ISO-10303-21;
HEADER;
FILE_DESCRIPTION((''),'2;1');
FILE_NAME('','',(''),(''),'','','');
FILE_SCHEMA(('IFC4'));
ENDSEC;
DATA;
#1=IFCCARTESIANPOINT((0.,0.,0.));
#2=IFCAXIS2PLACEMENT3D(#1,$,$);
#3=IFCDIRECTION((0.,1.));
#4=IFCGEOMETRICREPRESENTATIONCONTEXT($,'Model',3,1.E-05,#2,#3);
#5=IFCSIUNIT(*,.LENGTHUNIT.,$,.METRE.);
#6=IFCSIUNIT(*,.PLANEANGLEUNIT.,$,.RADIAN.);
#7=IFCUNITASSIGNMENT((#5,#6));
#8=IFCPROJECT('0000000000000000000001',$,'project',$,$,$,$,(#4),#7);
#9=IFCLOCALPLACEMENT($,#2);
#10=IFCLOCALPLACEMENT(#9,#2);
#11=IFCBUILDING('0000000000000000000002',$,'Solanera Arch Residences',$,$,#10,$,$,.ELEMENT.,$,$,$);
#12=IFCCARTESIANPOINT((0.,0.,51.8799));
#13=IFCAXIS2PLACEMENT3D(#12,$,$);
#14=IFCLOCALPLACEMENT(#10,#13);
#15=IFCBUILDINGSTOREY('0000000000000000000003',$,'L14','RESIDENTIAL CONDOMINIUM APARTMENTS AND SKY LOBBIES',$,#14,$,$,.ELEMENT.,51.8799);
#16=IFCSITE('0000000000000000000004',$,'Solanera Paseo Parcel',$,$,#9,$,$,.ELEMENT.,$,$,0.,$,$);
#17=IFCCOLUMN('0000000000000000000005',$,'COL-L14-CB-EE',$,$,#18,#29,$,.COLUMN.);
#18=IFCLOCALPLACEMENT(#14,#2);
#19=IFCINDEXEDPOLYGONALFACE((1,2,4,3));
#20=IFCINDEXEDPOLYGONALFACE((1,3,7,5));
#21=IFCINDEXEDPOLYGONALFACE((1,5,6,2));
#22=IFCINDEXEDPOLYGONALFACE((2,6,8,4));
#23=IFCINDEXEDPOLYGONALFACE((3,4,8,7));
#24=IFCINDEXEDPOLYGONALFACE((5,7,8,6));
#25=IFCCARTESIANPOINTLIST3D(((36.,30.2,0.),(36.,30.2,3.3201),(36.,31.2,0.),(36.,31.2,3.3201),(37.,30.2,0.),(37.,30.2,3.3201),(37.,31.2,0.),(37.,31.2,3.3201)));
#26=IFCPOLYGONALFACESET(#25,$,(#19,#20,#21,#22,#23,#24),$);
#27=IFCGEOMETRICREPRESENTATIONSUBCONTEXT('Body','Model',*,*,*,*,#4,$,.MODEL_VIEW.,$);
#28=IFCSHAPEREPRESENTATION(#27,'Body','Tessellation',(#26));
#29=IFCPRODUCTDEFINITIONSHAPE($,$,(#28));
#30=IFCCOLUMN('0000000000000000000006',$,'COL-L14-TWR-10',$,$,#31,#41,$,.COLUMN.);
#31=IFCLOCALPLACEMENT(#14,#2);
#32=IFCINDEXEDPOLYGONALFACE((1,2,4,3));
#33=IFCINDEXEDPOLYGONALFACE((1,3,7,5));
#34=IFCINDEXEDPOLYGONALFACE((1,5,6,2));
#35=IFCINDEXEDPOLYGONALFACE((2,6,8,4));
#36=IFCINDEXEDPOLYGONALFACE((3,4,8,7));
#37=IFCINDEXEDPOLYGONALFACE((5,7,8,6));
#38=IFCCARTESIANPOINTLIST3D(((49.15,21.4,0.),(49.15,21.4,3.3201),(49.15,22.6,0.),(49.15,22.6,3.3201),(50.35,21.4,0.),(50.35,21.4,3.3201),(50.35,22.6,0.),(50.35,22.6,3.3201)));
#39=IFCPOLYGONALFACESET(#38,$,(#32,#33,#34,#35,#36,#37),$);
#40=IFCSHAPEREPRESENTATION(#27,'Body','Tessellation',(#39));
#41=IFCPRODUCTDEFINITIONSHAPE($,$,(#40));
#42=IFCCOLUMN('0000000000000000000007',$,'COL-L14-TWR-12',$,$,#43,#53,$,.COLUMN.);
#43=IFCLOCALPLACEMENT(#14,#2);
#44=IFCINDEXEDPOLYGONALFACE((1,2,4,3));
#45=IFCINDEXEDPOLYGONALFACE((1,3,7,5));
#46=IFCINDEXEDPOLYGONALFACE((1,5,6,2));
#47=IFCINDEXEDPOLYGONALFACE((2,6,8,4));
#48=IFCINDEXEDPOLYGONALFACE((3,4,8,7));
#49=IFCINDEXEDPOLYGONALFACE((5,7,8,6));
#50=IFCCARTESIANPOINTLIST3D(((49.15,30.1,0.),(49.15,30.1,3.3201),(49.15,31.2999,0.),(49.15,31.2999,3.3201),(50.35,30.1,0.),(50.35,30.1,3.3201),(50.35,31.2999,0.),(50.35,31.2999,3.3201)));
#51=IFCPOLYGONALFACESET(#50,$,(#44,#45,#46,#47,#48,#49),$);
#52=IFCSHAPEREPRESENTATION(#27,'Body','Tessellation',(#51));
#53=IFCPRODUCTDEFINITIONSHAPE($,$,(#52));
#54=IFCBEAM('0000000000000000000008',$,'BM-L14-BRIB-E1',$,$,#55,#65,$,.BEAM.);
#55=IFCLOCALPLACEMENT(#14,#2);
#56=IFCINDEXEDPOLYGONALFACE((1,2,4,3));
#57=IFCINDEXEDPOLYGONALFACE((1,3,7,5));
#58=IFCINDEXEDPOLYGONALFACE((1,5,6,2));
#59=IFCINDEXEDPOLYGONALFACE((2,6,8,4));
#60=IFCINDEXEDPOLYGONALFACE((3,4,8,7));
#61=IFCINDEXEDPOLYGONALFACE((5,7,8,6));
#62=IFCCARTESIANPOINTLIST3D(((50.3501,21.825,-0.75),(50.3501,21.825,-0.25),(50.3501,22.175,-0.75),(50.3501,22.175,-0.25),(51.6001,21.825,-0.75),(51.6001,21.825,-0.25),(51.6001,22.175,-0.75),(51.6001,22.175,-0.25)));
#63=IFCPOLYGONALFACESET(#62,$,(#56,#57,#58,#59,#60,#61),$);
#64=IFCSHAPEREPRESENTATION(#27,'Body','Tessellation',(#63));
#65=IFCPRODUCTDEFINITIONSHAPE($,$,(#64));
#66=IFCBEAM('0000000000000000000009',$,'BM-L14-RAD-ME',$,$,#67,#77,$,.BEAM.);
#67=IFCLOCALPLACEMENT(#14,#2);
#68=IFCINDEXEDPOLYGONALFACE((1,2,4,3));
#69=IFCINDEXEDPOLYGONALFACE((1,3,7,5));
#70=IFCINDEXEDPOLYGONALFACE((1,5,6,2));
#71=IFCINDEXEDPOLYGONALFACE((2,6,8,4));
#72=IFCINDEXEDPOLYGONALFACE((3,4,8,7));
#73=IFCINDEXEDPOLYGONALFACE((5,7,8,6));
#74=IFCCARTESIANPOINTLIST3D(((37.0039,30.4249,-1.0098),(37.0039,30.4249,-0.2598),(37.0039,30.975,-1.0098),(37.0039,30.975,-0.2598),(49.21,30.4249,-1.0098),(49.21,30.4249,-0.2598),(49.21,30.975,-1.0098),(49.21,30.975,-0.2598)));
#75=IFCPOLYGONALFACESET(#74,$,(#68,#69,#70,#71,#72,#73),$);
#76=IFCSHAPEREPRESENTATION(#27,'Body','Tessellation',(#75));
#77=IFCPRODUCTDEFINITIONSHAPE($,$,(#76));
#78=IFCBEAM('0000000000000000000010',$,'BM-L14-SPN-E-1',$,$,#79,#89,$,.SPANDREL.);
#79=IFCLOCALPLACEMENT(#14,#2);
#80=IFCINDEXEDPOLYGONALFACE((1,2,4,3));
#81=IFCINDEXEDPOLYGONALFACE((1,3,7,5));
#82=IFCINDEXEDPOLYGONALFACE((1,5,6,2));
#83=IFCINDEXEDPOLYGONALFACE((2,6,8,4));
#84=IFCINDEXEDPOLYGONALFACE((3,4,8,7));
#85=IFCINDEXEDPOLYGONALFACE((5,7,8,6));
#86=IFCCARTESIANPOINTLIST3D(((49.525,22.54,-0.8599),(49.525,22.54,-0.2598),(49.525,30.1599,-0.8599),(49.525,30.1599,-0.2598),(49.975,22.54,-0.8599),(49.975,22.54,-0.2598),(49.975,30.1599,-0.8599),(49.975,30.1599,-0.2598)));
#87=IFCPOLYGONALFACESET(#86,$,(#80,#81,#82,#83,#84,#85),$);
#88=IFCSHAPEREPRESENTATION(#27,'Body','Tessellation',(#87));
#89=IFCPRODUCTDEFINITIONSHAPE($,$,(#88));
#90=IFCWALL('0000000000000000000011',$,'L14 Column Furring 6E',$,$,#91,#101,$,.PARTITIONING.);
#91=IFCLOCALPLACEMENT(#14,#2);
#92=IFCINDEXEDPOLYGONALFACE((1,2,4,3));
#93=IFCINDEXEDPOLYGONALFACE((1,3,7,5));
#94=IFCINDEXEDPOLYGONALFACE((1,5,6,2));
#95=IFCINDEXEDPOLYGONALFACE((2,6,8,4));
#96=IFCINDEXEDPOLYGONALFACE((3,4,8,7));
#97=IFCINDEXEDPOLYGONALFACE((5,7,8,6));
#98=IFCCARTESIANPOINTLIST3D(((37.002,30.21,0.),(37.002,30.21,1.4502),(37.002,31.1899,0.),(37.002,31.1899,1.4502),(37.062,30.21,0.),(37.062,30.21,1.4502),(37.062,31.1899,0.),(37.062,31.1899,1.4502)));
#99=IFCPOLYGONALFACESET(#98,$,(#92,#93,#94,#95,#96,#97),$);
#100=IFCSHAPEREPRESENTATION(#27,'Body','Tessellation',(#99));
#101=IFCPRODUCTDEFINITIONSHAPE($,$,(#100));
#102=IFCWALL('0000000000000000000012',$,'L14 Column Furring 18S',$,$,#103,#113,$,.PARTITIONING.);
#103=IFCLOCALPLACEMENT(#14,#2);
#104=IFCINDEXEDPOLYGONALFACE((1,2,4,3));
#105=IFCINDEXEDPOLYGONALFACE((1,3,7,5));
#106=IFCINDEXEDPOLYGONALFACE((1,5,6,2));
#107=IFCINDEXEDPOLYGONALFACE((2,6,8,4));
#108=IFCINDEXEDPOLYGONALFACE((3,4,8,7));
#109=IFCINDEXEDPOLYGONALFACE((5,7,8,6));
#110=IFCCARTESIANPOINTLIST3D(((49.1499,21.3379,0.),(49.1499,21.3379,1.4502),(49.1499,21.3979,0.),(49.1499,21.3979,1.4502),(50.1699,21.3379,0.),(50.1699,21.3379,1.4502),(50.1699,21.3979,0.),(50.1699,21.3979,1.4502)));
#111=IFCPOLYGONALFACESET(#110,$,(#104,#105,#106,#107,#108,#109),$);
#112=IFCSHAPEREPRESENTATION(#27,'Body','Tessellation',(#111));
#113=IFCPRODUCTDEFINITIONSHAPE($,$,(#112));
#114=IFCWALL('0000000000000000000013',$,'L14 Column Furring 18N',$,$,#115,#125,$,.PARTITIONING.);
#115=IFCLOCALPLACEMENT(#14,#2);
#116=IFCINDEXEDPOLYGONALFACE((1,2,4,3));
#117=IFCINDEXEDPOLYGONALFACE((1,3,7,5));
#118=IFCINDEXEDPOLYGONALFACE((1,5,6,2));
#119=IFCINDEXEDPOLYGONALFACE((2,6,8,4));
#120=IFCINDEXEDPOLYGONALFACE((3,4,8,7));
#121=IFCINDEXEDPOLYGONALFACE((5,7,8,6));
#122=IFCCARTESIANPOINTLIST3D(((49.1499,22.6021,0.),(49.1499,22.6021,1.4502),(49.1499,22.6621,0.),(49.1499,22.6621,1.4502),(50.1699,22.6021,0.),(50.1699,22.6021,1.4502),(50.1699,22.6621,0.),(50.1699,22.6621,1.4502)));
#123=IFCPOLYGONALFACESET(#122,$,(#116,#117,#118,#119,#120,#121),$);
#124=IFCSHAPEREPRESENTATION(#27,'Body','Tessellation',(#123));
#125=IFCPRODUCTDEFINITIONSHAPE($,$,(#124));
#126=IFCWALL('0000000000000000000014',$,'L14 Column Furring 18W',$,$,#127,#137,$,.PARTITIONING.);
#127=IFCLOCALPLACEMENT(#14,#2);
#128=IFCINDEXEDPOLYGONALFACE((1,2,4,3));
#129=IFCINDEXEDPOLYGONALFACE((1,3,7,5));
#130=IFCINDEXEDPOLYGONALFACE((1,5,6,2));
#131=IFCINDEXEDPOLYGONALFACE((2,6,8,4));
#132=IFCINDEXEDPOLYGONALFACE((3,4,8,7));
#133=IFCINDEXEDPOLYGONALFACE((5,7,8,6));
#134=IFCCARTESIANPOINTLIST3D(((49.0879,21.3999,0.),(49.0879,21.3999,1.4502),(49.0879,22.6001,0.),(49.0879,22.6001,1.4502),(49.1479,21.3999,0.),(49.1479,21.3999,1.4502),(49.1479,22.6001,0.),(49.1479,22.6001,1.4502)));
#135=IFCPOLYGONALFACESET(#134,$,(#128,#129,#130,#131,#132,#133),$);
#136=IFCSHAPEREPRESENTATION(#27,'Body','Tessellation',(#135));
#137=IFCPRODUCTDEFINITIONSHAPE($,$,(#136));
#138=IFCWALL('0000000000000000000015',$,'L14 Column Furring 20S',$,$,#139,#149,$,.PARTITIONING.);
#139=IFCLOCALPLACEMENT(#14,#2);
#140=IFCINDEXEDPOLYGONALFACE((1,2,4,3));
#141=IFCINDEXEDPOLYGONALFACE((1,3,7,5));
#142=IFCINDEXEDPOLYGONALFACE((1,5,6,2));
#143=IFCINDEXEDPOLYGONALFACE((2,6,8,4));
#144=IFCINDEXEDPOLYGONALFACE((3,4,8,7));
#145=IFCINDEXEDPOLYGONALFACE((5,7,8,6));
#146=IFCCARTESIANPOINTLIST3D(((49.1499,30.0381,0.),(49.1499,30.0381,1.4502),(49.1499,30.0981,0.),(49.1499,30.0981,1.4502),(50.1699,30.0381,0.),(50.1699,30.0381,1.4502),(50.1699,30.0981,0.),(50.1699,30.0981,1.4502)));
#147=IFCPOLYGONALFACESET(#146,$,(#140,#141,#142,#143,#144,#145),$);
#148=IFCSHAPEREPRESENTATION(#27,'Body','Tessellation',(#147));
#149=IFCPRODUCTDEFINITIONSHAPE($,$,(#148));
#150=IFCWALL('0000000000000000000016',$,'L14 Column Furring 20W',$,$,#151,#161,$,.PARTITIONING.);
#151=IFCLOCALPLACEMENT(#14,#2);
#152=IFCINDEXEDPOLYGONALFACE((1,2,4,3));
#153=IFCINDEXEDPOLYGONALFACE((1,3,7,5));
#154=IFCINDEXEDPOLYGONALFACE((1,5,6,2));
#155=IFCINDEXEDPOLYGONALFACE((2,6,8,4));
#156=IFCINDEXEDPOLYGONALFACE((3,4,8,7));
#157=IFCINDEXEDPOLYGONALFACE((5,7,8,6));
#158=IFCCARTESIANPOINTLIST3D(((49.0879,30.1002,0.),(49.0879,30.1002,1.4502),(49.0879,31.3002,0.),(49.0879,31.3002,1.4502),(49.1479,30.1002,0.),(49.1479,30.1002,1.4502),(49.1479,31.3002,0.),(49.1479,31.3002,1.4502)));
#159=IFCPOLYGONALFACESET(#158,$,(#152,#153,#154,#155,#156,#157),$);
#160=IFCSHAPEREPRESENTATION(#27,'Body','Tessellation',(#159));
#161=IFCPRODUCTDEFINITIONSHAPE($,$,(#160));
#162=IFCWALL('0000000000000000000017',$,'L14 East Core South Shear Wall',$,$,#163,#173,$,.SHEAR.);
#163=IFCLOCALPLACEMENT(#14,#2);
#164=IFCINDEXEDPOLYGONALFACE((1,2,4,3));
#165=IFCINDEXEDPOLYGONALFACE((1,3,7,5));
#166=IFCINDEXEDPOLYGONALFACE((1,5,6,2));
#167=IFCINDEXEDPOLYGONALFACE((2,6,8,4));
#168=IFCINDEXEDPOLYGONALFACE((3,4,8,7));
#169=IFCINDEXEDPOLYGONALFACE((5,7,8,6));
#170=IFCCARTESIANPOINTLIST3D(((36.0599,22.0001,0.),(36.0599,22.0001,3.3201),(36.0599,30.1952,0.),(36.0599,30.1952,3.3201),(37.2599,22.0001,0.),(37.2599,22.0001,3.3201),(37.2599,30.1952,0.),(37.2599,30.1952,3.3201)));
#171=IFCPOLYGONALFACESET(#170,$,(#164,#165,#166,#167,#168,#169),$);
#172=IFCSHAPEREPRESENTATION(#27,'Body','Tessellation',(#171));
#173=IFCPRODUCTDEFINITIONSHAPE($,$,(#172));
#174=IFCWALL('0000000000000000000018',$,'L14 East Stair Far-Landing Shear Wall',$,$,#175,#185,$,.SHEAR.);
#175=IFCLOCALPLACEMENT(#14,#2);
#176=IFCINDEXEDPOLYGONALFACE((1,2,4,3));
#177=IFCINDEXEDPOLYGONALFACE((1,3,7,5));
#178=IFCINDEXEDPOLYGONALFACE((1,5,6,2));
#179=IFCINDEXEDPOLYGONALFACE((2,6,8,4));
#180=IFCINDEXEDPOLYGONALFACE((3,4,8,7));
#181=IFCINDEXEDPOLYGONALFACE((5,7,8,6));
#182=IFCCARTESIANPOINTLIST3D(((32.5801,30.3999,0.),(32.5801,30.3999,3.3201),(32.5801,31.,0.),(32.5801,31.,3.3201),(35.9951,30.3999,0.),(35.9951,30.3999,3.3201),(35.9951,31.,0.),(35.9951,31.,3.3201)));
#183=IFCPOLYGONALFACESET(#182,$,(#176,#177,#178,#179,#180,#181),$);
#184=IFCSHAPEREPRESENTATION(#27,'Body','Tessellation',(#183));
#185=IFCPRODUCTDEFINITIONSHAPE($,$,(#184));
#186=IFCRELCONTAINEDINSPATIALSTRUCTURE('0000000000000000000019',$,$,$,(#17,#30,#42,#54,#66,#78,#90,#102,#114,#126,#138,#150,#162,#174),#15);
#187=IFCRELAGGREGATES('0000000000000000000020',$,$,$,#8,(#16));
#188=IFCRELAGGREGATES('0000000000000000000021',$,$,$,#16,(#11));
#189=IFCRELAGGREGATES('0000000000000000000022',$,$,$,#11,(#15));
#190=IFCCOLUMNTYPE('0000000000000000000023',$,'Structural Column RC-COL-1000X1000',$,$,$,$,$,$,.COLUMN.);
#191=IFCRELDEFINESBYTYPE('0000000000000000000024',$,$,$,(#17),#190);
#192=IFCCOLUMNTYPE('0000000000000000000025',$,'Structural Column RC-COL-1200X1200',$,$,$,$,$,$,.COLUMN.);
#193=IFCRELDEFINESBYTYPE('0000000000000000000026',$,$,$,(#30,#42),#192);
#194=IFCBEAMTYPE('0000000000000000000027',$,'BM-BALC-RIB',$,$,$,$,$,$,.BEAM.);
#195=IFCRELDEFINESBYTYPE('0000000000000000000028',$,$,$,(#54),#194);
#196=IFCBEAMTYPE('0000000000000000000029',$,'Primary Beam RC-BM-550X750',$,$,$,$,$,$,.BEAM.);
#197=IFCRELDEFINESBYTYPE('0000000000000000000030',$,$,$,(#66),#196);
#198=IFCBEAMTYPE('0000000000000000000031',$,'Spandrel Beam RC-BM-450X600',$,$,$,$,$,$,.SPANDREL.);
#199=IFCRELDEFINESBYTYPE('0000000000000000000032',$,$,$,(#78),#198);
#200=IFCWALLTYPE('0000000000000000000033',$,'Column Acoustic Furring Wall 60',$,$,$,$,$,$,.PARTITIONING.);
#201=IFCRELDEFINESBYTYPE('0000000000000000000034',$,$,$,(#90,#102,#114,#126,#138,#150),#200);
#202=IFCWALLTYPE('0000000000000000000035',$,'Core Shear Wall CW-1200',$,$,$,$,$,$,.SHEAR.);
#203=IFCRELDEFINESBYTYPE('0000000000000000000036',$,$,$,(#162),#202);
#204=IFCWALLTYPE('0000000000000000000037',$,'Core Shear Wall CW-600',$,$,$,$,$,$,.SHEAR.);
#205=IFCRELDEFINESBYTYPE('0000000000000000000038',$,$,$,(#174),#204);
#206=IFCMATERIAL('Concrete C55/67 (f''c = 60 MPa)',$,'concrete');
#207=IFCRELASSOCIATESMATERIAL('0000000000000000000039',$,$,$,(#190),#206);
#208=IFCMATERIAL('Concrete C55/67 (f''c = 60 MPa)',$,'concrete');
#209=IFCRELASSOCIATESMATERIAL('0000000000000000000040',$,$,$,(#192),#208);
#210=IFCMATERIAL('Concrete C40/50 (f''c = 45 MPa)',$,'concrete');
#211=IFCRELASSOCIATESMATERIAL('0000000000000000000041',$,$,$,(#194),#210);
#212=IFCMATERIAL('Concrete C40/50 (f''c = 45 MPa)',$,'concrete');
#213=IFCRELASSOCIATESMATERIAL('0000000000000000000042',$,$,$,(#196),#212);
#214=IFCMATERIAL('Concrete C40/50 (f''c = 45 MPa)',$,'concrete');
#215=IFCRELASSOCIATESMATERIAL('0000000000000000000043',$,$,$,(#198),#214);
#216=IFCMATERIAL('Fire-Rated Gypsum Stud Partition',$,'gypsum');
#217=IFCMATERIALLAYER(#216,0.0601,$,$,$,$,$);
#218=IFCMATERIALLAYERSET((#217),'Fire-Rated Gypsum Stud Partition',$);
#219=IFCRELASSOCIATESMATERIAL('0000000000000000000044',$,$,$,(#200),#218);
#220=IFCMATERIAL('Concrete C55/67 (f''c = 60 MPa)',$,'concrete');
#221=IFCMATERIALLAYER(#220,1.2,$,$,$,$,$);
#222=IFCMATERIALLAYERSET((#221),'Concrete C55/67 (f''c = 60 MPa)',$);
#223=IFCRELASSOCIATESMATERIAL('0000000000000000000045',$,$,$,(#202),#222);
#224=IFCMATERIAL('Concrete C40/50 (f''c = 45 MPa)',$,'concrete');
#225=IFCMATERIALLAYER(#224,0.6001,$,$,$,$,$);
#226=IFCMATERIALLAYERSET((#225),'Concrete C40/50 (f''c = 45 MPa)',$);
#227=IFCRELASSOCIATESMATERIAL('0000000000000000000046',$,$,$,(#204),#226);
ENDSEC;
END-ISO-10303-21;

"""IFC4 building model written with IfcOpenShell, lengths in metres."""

from ifc_helpers import new_model, si_unit, direction, frame, frame_2d, origin, origin_2d, place, context, subcontext, project, spatial, rectangle, extrude, material, layer, layer_set, material_profile, profile_set, type_object, element, save


model = new_model("IFC4")

# Units and contexts
model_context = context("Model", 3, precision=1e-05, world=origin(), true_north=direction((0.0, 1.0)))
body_context = subcontext(model_context, "Body", "Model", "MODEL_VIEW")
ifc_project = project(units=[si_unit("LENGTHUNIT", "METRE"), si_unit("PLANEANGLEUNIT", "RADIAN")], contexts=[model_context])

# Site, building, storey
site_placement = place(None, origin())
site = spatial("IfcSite", under=ifc_project, at=site_placement, Name="Solanera Paseo Parcel", CompositionType="ELEMENT", RefElevation=0.0)
building_placement = place(site_placement, origin())
building = spatial("IfcBuilding", under=site, at=building_placement, Name="Solanera Arch Residences", CompositionType="ELEMENT")
storey_placement = place(building_placement, frame((0.0, 0.0, 51.8799)))
storey = spatial("IfcBuildingStorey", under=building, at=storey_placement, Name="L14", Description="RESIDENTIAL CONDOMINIUM APARTMENTS AND SKY LOBBIES", CompositionType="ELEMENT", Elevation=51.8799)

# Columns
ifc_material_1 = material(Name="Concrete C55/67 (f'c = 60 MPa)", Category="concrete")
ifc_material_profile_1 = material_profile(ifc_material_1, rectangle(XDim=1.0, YDim=1.0, at=origin_2d()))
ifc_profile_set_1 = profile_set([ifc_material_profile_1], Name="Concrete C55/67 (f'c = 60 MPa)")
column_type_1 = type_object("IfcColumnType", Name="Structural Column RC-COL-1000X1000", PredefinedType="COLUMN", material=ifc_profile_set_1)
column_placement = place(storey_placement, frame((36.5, 30.7, 0.0), z_axis=(0.0, 0.0, 1.0), x_axis=(1.0, 0.0, 0.0)))
element("IfcColumn", 1, at=column_placement, inside=storey, type_object=column_type_1, Name="COL-L14-CB-EE", PredefinedType="COLUMN", context=body_context, shape_type="SweptSolid", body=[
    extrude(rectangle(XDim=1.0, YDim=1.0, at=origin_2d()), origin(), (0.0, 0.0, 1.0), 3.3201),
])
ifc_material_2 = material(Name="Concrete C55/67 (f'c = 60 MPa)", Category="concrete")
ifc_material_profile_2 = material_profile(ifc_material_2, rectangle(XDim=1.2, YDim=1.2, at=origin_2d()))
ifc_profile_set_2 = profile_set([ifc_material_profile_2], Name="Concrete C55/67 (f'c = 60 MPa)")
column_type_2 = type_object("IfcColumnType", Name="Structural Column RC-COL-1200X1200", PredefinedType="COLUMN", material=ifc_profile_set_2)
for number, where, z_axis, x_axis, name in (
    (2, (49.75, 22.0, 0.0), (0.0, 0.0, 1.0), (1.0, 0.0, 0.0), "COL-L14-TWR-10"),
    (3, (49.75, 30.7, 0.0), (0.0, 0.0, 1.0), (1.0, 0.0, 0.0), "COL-L14-TWR-12"),
):
    element("IfcColumn", number, at=place(storey_placement, frame(where, z_axis=z_axis, x_axis=x_axis)), inside=storey, type_object=column_type_2, Name=name, PredefinedType="COLUMN", context=body_context, shape_type="SweptSolid", body=[
        extrude(rectangle(XDim=1.2, YDim=1.2, at=origin_2d()), origin(), (0.0, 0.0, 1.0), 3.3201),
    ])

# Beams
ifc_material_3 = material(Name="Concrete C40/50 (f'c = 45 MPa)", Category="concrete")
ifc_material_profile_3 = material_profile(ifc_material_3, rectangle(XDim=0.3501, YDim=0.5, at=origin_2d()))
ifc_profile_set_3 = profile_set([ifc_material_profile_3], Name="Concrete C40/50 (f'c = 45 MPa)")
beam_type_1 = type_object("IfcBeamType", Name="BM-BALC-RIB", PredefinedType="BEAM", material=ifc_profile_set_3)
beam_1_placement = place(storey_placement, frame((50.3501, 22.0, -0.5), z_axis=(1.0, 0.0, 0.0), x_axis=(0.0, 1.0, 0.0)))
element("IfcBeam", 4, at=beam_1_placement, inside=storey, type_object=beam_type_1, Name="BM-L14-BRIB-E1", PredefinedType="BEAM", context=body_context, shape_type="SweptSolid", body=[
    extrude(rectangle(XDim=0.3501, YDim=0.5, at=origin_2d()), origin(), (0.0, 0.0, 1.0), 1.25),
])
ifc_material_4 = material(Name="Concrete C40/50 (f'c = 45 MPa)", Category="concrete")
ifc_material_profile_4 = material_profile(ifc_material_4, rectangle(XDim=0.55, YDim=0.75, at=origin_2d()))
ifc_profile_set_4 = profile_set([ifc_material_profile_4], Name="Concrete C40/50 (f'c = 45 MPa)")
beam_type_2 = type_object("IfcBeamType", Name="Primary Beam RC-BM-550X750", PredefinedType="BEAM", material=ifc_profile_set_4)
beam_2_placement = place(storey_placement, frame((37.0039, 30.7, -0.6348), z_axis=(1.0, 0.0, 0.0), x_axis=(0.0, 1.0, 0.0)))
element("IfcBeam", 5, at=beam_2_placement, inside=storey, type_object=beam_type_2, Name="BM-L14-RAD-ME", PredefinedType="BEAM", context=body_context, shape_type="SweptSolid", body=[
    extrude(rectangle(XDim=0.55, YDim=0.75, at=origin_2d()), origin(), (0.0, 0.0, 1.0), 12.2061),
])
ifc_material_5 = material(Name="Concrete C40/50 (f'c = 45 MPa)", Category="concrete")
ifc_material_profile_5 = material_profile(ifc_material_5, rectangle(XDim=0.45, YDim=0.6001, at=origin_2d()))
ifc_profile_set_5 = profile_set([ifc_material_profile_5], Name="Concrete C40/50 (f'c = 45 MPa)")
beam_type_3 = type_object("IfcBeamType", Name="Spandrel Beam RC-BM-450X600", PredefinedType="SPANDREL", material=ifc_profile_set_5)
beam_3_placement = place(storey_placement, frame((49.75, 22.54, -0.5598), z_axis=(0.0, 1.0, 0.0), x_axis=(-1.0, 0.0, 0.0)))
element("IfcBeam", 6, at=beam_3_placement, inside=storey, type_object=beam_type_3, Name="BM-L14-SPN-E-1", PredefinedType="SPANDREL", context=body_context, shape_type="SweptSolid", body=[
    extrude(rectangle(XDim=0.45, YDim=0.6001, at=origin_2d()), origin(), (0.0, 0.0, 1.0), 7.6199),
])

# Walls
ifc_material_6 = material(Name="Fire-Rated Gypsum Stud Partition", Category="gypsum")
ifc_layer_1 = layer(ifc_material_6, 0.0601)
ifc_layer_set_1 = layer_set([ifc_layer_1], Name="Fire-Rated Gypsum Stud Partition")
wall_type_1 = type_object("IfcWallType", Name="Column Acoustic Furring Wall 60", PredefinedType="PARTITIONING", material=ifc_layer_set_1)
wall_1_placement = place(storey_placement, frame((37.032, 30.21, 0.0), z_axis=(0.0, 0.0, 1.0), x_axis=(0.0, 1.0, 0.0)))
element("IfcWall", 7, at=wall_1_placement, inside=storey, type_object=wall_type_1, Name="L14 Column Furring 6E", PredefinedType="PARTITIONING", context=body_context, shape_type="SweptSolid", body=[
    extrude(rectangle(XDim=0.98, YDim=0.0601, at=frame_2d((0.49, 0.0))), origin(), (0.0, 0.0, 1.0), 1.4502),
])
for number, where, z_axis, x_axis, name in (
    (8, (49.1499, 21.3679, 0.0), (0.0, 0.0, 1.0), (1.0, 0.0, 0.0), "L14 Column Furring 18S"),
    (9, (49.1499, 22.6321, 0.0), (0.0, 0.0, 1.0), (1.0, 0.0, 0.0), "L14 Column Furring 18N"),
):
    element("IfcWall", number, at=place(storey_placement, frame(where, z_axis=z_axis, x_axis=x_axis)), inside=storey, type_object=wall_type_1, Name=name, PredefinedType="PARTITIONING", context=body_context, shape_type="SweptSolid", body=[
        extrude(rectangle(XDim=1.02, YDim=0.0601, at=frame_2d((0.51, 0.0))), origin(), (0.0, 0.0, 1.0), 1.4502),
    ])
wall_2_placement = place(storey_placement, frame((49.1179, 21.3999, 0.0), z_axis=(0.0, 0.0, 1.0), x_axis=(0.0, 1.0, 0.0)))
element("IfcWall", 10, at=wall_2_placement, inside=storey, type_object=wall_type_1, Name="L14 Column Furring 18W", PredefinedType="PARTITIONING", context=body_context, shape_type="SweptSolid", body=[
    extrude(rectangle(XDim=1.2002, YDim=0.0601, at=frame_2d((0.6001, 0.0))), origin(), (0.0, 0.0, 1.0), 1.4502),
])
wall_3_placement = place(storey_placement, frame((49.1499, 30.0681, 0.0), z_axis=(0.0, 0.0, 1.0), x_axis=(1.0, 0.0, 0.0)))
element("IfcWall", 11, at=wall_3_placement, inside=storey, type_object=wall_type_1, Name="L14 Column Furring 20S", PredefinedType="PARTITIONING", context=body_context, shape_type="SweptSolid", body=[
    extrude(rectangle(XDim=1.02, YDim=0.0601, at=frame_2d((0.51, 0.0))), origin(), (0.0, 0.0, 1.0), 1.4502),
])
wall_4_placement = place(storey_placement, frame((49.1179, 30.1001, 0.0), z_axis=(0.0, 0.0, 1.0), x_axis=(0.0, 1.0, 0.0)))
element("IfcWall", 12, at=wall_4_placement, inside=storey, type_object=wall_type_1, Name="L14 Column Furring 20W", PredefinedType="PARTITIONING", context=body_context, shape_type="SweptSolid", body=[
    extrude(rectangle(XDim=1.2, YDim=0.0601, at=frame_2d((0.6001, 0.0))), origin(), (0.0, 0.0, 1.0), 1.4502),
])
ifc_material_7 = material(Name="Concrete C55/67 (f'c = 60 MPa)", Category="concrete")
ifc_layer_2 = layer(ifc_material_7, 1.2)
ifc_layer_set_2 = layer_set([ifc_layer_2], Name="Concrete C55/67 (f'c = 60 MPa)")
wall_type_2 = type_object("IfcWallType", Name="Core Shear Wall CW-1200", PredefinedType="SHEAR", material=ifc_layer_set_2)
wall_5_placement = place(storey_placement, frame((36.6599, 22.0, 0.0), z_axis=(0.0, 0.0, 1.0), x_axis=(0.0, 1.0, 0.0)))
element("IfcWall", 13, at=wall_5_placement, inside=storey, type_object=wall_type_2, Name="L14 East Core South Shear Wall", PredefinedType="SHEAR", context=body_context, shape_type="SweptSolid", body=[
    extrude(rectangle(XDim=8.1951, YDim=1.2, at=frame_2d((4.0977, 0.0))), origin(), (0.0, 0.0, 1.0), 3.3201),
])
ifc_material_8 = material(Name="Concrete C40/50 (f'c = 45 MPa)", Category="concrete")
ifc_layer_3 = layer(ifc_material_8, 0.6001)
ifc_layer_set_3 = layer_set([ifc_layer_3], Name="Concrete C40/50 (f'c = 45 MPa)")
wall_type_3 = type_object("IfcWallType", Name="Core Shear Wall CW-600", PredefinedType="SHEAR", material=ifc_layer_set_3)
wall_6_placement = place(storey_placement, frame((32.5801, 30.7, 0.0), z_axis=(0.0, 0.0, 1.0), x_axis=(1.0, 0.0, 0.0)))
element("IfcWall", 14, at=wall_6_placement, inside=storey, type_object=wall_type_3, Name="L14 East Stair Far-Landing Shear Wall", PredefinedType="SHEAR", context=body_context, shape_type="SweptSolid", body=[
    extrude(rectangle(XDim=3.415, YDim=0.6001, at=frame_2d((1.7075, 0.0))), origin(), (0.0, 0.0, 1.0), 3.3201),
])

save(model, "model.ifc")
